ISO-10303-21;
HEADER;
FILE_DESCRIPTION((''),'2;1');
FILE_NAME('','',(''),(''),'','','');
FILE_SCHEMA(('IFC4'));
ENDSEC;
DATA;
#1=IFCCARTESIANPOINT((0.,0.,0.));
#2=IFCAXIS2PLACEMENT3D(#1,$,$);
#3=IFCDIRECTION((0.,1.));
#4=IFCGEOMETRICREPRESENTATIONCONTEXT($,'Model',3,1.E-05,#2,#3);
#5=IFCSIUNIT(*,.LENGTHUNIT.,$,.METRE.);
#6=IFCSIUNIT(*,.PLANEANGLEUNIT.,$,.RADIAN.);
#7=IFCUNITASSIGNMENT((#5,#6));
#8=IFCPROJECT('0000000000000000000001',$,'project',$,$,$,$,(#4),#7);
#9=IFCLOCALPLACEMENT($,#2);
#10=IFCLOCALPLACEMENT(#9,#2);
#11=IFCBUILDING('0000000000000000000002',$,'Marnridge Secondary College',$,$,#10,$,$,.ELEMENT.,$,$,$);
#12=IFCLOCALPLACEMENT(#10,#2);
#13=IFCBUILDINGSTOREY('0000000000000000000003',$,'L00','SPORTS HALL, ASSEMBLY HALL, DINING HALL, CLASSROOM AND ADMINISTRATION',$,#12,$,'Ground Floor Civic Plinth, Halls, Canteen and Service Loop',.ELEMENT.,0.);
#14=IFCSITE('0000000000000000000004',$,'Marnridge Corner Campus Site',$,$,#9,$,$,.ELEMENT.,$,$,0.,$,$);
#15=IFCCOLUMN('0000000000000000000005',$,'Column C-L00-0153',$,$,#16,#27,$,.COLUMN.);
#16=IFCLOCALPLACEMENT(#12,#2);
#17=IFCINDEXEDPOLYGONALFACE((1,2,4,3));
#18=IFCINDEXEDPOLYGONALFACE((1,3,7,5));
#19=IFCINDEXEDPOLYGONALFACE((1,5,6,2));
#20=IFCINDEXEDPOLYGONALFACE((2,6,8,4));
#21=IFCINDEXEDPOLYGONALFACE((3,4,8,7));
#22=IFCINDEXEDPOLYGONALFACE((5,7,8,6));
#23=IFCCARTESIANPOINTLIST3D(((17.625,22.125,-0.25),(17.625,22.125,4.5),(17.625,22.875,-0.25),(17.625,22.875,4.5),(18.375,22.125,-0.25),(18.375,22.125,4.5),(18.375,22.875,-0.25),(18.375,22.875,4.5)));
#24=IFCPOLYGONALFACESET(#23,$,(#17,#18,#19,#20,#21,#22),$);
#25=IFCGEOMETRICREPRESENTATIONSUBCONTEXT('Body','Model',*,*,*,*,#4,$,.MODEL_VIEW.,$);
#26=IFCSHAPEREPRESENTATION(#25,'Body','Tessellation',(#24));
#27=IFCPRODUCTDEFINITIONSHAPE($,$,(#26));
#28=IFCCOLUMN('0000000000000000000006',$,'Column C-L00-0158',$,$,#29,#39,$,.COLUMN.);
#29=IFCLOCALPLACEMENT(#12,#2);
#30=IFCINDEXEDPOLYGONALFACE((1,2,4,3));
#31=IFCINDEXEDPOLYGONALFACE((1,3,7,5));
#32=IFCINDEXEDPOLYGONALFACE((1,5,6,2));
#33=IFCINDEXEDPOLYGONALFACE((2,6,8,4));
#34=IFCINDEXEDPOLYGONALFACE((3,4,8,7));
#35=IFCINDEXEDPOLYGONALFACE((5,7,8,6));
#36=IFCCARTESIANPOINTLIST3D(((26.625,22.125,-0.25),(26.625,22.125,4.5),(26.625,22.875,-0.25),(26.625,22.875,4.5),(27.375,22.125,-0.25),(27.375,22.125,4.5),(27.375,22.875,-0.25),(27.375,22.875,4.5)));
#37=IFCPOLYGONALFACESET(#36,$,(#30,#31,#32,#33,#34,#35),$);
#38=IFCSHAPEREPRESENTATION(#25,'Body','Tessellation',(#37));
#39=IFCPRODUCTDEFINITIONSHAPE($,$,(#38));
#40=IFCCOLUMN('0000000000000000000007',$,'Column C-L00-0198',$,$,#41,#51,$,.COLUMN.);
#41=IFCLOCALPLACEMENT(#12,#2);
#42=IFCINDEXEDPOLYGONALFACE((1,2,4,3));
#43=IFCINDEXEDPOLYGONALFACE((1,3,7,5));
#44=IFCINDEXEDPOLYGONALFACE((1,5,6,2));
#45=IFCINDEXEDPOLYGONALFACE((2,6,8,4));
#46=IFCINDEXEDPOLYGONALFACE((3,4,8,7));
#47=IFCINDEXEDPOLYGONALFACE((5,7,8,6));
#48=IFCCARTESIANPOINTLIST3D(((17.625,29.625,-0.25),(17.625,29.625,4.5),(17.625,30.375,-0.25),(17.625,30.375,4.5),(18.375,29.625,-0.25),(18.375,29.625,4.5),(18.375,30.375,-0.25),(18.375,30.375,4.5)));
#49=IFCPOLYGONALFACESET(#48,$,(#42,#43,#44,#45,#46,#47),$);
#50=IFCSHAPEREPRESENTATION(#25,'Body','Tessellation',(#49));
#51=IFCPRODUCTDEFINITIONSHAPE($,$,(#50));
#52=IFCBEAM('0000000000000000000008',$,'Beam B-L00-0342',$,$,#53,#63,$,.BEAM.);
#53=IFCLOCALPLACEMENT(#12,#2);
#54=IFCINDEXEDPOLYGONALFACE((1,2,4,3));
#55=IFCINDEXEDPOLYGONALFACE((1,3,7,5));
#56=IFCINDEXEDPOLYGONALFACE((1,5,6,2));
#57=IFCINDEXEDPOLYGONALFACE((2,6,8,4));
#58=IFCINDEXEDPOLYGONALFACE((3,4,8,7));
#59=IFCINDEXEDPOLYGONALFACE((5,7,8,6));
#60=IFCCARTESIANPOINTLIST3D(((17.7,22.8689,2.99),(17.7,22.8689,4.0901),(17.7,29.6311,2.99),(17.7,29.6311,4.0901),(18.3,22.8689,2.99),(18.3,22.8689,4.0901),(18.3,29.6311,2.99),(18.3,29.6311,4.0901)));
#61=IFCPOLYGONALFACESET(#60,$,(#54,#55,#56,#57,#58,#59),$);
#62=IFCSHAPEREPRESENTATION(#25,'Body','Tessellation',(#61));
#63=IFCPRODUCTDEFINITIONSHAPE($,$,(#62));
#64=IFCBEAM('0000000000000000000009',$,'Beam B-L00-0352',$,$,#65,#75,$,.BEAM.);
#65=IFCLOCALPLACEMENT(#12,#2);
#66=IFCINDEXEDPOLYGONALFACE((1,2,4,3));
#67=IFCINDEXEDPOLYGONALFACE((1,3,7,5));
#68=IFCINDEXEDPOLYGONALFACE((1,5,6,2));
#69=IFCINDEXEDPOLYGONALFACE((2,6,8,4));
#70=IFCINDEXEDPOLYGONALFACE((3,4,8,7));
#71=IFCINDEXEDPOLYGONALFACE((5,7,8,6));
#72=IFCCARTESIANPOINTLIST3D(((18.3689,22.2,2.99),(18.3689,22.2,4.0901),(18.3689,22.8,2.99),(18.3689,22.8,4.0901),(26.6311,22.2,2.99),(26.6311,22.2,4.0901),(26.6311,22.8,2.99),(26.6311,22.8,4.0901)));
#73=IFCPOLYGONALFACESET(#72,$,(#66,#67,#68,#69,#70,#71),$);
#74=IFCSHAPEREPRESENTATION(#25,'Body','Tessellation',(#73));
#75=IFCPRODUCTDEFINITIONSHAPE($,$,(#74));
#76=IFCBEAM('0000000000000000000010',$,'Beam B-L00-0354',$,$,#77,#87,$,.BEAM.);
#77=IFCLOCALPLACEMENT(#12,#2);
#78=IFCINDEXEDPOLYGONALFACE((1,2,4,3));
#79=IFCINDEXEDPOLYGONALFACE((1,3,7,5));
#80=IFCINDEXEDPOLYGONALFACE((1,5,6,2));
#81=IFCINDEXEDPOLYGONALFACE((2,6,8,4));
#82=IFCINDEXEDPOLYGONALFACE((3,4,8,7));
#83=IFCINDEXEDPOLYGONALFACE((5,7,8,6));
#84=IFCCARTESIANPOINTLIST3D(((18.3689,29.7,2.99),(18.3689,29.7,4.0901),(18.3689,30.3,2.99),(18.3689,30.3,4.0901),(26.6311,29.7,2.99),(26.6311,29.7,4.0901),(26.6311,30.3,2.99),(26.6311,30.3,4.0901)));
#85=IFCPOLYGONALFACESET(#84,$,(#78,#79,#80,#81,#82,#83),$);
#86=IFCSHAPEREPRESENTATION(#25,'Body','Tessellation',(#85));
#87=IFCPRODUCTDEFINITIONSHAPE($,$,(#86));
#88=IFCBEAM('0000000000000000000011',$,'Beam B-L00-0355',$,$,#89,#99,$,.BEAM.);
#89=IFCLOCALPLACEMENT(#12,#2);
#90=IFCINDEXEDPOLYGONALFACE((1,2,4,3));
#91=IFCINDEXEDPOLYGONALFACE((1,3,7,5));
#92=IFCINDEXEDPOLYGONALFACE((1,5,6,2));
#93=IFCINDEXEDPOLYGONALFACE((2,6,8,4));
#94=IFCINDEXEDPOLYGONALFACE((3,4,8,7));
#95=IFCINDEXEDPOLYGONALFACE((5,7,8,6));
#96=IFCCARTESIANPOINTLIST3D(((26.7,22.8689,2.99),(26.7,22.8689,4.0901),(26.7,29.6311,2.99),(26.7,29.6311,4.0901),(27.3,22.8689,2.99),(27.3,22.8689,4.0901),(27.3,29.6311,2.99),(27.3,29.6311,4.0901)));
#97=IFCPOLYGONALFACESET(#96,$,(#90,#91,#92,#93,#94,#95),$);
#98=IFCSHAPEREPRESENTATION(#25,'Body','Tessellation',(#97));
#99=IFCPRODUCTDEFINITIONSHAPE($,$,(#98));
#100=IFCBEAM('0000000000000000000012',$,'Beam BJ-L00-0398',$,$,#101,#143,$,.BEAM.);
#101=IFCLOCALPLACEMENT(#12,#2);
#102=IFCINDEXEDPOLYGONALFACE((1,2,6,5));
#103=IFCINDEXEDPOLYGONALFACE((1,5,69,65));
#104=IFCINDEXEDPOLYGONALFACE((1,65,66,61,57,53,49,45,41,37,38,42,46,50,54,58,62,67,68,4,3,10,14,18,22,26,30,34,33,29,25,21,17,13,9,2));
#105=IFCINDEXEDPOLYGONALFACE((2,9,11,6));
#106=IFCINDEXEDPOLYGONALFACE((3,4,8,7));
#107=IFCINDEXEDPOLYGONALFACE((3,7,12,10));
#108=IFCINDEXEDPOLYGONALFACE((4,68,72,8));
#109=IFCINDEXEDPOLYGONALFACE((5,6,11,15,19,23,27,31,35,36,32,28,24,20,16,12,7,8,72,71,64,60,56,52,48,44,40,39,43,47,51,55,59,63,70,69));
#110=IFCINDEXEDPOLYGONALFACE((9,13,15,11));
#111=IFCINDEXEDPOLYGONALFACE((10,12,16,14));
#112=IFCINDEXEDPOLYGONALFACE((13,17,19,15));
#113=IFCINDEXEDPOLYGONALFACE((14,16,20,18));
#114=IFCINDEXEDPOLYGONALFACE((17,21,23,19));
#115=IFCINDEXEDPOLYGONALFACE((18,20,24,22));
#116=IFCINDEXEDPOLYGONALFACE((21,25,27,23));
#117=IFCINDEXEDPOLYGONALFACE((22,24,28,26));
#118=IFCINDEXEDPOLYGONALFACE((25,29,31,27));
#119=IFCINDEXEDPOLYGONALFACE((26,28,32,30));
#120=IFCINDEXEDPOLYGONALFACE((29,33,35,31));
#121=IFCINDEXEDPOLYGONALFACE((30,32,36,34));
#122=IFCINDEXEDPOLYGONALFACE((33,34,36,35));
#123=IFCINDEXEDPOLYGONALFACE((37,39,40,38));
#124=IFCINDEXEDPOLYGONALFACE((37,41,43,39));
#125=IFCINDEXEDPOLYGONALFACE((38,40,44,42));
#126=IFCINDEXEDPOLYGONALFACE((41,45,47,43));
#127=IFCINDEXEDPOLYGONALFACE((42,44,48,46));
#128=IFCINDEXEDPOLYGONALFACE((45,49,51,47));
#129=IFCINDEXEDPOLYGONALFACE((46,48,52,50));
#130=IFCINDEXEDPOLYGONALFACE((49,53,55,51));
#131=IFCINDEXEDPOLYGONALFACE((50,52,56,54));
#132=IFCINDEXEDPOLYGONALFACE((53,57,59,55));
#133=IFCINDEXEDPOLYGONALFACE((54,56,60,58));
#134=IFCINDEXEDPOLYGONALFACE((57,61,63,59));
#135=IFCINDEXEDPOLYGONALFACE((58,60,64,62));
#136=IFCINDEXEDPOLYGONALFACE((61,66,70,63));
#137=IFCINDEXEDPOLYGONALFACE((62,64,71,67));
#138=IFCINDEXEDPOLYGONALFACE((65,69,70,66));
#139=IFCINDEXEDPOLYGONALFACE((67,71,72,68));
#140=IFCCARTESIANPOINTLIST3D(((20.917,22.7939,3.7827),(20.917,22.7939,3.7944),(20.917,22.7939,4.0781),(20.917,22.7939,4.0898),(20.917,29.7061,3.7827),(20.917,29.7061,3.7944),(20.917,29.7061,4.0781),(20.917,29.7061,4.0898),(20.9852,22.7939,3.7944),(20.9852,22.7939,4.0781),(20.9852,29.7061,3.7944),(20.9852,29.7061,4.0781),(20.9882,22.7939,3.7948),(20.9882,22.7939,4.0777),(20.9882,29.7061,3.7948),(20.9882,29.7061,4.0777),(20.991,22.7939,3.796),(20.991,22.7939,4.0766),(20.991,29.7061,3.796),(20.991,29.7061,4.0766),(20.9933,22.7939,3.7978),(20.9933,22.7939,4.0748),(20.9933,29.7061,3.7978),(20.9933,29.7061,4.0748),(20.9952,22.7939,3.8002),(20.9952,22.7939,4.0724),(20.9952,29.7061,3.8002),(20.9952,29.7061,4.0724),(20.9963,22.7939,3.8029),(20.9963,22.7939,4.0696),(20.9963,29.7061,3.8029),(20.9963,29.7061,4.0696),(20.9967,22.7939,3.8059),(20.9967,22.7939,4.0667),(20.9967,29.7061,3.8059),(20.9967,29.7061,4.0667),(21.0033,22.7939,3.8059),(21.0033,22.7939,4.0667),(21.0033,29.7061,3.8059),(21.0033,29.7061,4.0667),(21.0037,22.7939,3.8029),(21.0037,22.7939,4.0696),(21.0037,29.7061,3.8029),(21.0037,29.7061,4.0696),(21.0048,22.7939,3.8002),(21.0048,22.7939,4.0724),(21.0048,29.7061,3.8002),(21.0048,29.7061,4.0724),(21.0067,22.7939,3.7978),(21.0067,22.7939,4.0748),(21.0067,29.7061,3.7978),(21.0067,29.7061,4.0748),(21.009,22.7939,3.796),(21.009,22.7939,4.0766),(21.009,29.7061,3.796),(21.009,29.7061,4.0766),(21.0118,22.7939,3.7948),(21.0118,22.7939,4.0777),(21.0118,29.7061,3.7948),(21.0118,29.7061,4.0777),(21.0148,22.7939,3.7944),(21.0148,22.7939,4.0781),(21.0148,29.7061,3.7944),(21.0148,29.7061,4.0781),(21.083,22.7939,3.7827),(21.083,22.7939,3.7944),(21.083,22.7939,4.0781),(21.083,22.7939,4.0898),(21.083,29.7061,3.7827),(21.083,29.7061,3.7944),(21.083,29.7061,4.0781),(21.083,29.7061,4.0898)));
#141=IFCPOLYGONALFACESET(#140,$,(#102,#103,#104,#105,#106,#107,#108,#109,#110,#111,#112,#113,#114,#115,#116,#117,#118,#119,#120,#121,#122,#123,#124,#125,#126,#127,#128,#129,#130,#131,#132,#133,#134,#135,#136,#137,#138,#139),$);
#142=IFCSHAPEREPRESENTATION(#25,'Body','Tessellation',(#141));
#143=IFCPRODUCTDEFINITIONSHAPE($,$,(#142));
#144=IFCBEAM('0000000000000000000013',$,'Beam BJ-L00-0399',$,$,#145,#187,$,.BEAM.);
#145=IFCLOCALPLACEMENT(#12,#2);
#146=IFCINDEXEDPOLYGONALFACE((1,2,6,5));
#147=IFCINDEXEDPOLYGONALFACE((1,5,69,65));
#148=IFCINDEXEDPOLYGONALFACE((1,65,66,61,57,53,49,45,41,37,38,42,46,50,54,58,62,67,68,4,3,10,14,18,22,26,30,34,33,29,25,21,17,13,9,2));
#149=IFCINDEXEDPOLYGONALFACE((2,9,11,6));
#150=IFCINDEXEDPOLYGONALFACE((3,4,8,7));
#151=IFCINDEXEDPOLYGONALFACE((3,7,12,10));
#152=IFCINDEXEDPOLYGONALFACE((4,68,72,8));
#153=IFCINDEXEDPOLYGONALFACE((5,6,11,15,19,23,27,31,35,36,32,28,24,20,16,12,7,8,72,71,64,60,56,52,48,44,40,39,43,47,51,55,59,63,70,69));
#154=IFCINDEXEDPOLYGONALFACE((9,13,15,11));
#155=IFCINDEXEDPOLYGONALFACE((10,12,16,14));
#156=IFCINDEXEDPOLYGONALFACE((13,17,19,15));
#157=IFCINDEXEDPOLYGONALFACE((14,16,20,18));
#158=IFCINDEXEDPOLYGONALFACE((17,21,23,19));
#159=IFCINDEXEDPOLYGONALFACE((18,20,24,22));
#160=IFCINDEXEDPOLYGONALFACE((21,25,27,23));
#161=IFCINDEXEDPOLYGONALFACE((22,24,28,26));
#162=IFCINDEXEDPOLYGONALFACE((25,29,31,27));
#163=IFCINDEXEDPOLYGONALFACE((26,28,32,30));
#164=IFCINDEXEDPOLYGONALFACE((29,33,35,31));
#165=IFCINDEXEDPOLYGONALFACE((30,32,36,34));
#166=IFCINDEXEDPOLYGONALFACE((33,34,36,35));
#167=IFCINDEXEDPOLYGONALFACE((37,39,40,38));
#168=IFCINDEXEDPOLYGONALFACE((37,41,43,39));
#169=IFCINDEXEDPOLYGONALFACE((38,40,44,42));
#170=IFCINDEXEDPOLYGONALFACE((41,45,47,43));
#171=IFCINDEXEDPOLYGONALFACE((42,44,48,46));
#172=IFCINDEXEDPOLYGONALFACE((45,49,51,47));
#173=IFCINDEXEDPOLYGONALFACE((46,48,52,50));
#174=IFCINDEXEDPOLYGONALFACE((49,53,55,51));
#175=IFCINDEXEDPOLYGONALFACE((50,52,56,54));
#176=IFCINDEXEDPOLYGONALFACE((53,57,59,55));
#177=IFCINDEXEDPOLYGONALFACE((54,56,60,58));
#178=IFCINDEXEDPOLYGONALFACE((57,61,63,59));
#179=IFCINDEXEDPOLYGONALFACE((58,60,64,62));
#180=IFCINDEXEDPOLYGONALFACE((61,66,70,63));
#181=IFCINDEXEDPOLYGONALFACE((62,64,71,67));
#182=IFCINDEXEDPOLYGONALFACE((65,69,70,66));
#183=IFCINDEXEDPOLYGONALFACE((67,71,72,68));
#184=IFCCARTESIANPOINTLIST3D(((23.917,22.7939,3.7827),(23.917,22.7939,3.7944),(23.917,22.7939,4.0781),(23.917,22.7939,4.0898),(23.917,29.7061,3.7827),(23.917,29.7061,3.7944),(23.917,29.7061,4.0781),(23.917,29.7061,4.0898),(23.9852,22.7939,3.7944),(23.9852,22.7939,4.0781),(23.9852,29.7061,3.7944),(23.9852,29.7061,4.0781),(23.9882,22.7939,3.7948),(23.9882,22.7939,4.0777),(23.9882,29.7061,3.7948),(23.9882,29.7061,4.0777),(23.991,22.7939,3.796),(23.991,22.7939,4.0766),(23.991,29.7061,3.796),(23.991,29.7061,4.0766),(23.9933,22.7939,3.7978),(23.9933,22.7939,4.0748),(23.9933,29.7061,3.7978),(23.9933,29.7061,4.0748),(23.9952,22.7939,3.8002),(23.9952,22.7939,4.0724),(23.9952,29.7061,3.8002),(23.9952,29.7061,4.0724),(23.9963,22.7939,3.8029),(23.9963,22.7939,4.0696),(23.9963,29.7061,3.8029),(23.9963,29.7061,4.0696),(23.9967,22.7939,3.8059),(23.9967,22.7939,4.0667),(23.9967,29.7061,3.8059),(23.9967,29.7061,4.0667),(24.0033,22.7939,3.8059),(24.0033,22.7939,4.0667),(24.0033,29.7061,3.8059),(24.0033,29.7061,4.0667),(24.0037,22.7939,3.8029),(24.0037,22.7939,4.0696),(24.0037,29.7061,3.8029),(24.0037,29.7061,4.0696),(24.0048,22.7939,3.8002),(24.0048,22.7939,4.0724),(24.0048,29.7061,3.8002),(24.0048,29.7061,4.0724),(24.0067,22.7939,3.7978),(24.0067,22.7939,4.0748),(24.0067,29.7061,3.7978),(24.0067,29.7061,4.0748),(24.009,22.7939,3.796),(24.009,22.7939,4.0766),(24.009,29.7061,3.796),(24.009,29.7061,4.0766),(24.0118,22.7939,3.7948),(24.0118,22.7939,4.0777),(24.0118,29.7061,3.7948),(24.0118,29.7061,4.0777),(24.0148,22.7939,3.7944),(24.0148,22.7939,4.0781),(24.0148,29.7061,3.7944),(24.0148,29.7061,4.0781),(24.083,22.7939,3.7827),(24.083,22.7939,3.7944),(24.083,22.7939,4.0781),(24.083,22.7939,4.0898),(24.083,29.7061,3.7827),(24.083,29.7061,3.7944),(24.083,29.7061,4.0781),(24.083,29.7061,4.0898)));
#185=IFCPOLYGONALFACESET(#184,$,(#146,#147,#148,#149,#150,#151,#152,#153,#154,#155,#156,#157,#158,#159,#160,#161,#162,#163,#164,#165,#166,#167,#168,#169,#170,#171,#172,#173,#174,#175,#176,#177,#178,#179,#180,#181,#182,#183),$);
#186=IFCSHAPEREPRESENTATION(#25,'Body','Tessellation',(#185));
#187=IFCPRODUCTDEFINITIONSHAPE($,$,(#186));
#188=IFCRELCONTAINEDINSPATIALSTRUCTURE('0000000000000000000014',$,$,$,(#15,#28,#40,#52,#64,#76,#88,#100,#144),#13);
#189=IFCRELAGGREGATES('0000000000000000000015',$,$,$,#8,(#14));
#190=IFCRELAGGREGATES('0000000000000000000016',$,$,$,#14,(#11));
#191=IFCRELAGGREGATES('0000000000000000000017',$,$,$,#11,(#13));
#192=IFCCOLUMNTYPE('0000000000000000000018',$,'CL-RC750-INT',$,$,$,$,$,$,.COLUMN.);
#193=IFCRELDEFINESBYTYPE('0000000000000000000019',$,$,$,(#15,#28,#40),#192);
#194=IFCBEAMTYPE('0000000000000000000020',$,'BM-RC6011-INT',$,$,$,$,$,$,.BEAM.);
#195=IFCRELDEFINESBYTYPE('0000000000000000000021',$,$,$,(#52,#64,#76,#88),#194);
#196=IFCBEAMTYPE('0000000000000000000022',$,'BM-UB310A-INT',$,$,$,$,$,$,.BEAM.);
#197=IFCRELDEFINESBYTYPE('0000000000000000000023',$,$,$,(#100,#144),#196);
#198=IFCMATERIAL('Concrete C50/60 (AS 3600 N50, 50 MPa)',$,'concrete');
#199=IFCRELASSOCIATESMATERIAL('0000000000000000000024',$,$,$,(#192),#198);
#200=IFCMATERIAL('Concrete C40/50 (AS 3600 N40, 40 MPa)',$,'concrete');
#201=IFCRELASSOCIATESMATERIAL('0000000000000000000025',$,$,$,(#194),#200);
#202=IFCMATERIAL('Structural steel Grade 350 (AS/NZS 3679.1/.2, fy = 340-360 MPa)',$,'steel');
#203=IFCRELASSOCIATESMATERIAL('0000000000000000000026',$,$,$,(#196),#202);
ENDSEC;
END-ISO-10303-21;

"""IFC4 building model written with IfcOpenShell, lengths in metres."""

from ifc_helpers import new_model, si_unit, direction, frame, origin, origin_2d, place, context, subcontext, project, spatial, rectangle, i_section, extrude, material, material_profile, profile_set, type_object, element, save


model = new_model("IFC4")

# Units and contexts
model_context = context("Model", 3, precision=1e-05, world=origin(), true_north=direction((0.0, 1.0)))
body_context = subcontext(model_context, "Body", "Model", "MODEL_VIEW")
ifc_project = project(units=[si_unit("LENGTHUNIT", "METRE"), si_unit("PLANEANGLEUNIT", "RADIAN")], contexts=[model_context])

# Site, building, storey
site_placement = place(None, origin())
site = spatial("IfcSite", under=ifc_project, at=site_placement, Name="Marnridge Corner Campus Site", CompositionType="ELEMENT", RefElevation=0.0)
building_placement = place(site_placement, origin())
building = spatial("IfcBuilding", under=site, at=building_placement, Name="Marnridge Secondary College", CompositionType="ELEMENT")
storey_placement = place(building_placement, origin())
storey = spatial("IfcBuildingStorey", under=building, at=storey_placement, Name="L00", Description="SPORTS HALL, ASSEMBLY HALL, DINING HALL, CLASSROOM AND ADMINISTRATION", LongName="Ground Floor Civic Plinth, Halls, Canteen and Service Loop", CompositionType="ELEMENT", Elevation=0.0)

# Columns
ifc_material_1 = material(Name="Concrete C50/60 (AS 3600 N50, 50 MPa)", Category="concrete")
ifc_material_profile_1 = material_profile(ifc_material_1, rectangle(XDim=0.75, YDim=0.75, at=origin_2d()), Name="RC 750x750")
ifc_profile_set_1 = profile_set([ifc_material_profile_1], Name="Concrete C50/60 (AS 3600 N50, 50 MPa)")
column_type = type_object("IfcColumnType", Name="CL-RC750-INT", PredefinedType="COLUMN", material=ifc_profile_set_1)
for number, where, z_axis, x_axis, name in (
    (1, (18.0, 22.5, -0.25), (0.0, 0.0, 1.0), (1.0, 0.0, 0.0), "Column C-L00-0153"),
    (2, (27.0, 22.5, -0.25), (0.0, 0.0, 1.0), (1.0, 0.0, 0.0), "Column C-L00-0158"),
    (3, (18.0, 30.0, -0.25), (0.0, 0.0, 1.0), (1.0, 0.0, 0.0), "Column C-L00-0198"),
):
    element("IfcColumn", number, at=place(storey_placement, frame(where, z_axis=z_axis, x_axis=x_axis)), inside=storey, type_object=column_type, Name=name, PredefinedType="COLUMN", context=body_context, shape_type="SweptSolid", body=[
        extrude(rectangle(XDim=0.75, YDim=0.75, at=origin_2d()), origin(), (0.0, 0.0, 1.0), 4.75),
    ])

# Beams
ifc_material_2 = material(Name="Concrete C40/50 (AS 3600 N40, 40 MPa)", Category="concrete")
ifc_material_profile_2 = material_profile(ifc_material_2, rectangle(XDim=0.6001, YDim=1.1001, at=origin_2d()), Name="RC 600x1100")
ifc_profile_set_2 = profile_set([ifc_material_profile_2], Name="Concrete C40/50 (AS 3600 N40, 40 MPa)")
beam_type_1 = type_object("IfcBeamType", Name="BM-RC6011-INT", PredefinedType="BEAM", material=ifc_profile_set_2)
beam_1_placement = place(storey_placement, frame((18.0, 22.8689, 3.54), z_axis=(0.0, 1.0, 0.0), x_axis=(-1.0, 0.0, 0.0)))
element("IfcBeam", 4, at=beam_1_placement, inside=storey, type_object=beam_type_1, Name="Beam B-L00-0342", PredefinedType="BEAM", context=body_context, shape_type="SweptSolid", body=[
    extrude(rectangle(XDim=0.6001, YDim=1.1001, at=origin_2d()), origin(), (0.0, 0.0, 1.0), 6.7622),
])
for number, where, z_axis, x_axis, name in (
    (5, (18.3689, 22.5, 3.54), (1.0, 0.0, 0.0), (0.0, 1.0, 0.0), "Beam B-L00-0352"),
    (6, (18.3689, 30.0, 3.54), (1.0, 0.0, 0.0), (0.0, 1.0, 0.0), "Beam B-L00-0354"),
):
    element("IfcBeam", number, at=place(storey_placement, frame(where, z_axis=z_axis, x_axis=x_axis)), inside=storey, type_object=beam_type_1, Name=name, PredefinedType="BEAM", context=body_context, shape_type="SweptSolid", body=[
        extrude(rectangle(XDim=0.6001, YDim=1.1001, at=origin_2d()), origin(), (0.0, 0.0, 1.0), 8.2622),
    ])
beam_2_placement = place(storey_placement, frame((27.0, 22.8689, 3.54), z_axis=(0.0, 1.0, 0.0), x_axis=(-1.0, 0.0, 0.0)))
element("IfcBeam", 7, at=beam_2_placement, inside=storey, type_object=beam_type_1, Name="Beam B-L00-0355", PredefinedType="BEAM", context=body_context, shape_type="SweptSolid", body=[
    extrude(rectangle(XDim=0.6001, YDim=1.1001, at=origin_2d()), origin(), (0.0, 0.0, 1.0), 6.7622),
])
ifc_material_3 = material(Name="Structural steel Grade 350 (AS/NZS 3679.1/.2, fy = 340-360 MPa)", Category="steel")
ifc_material_profile_3 = material_profile(ifc_material_3, i_section(OverallWidth=0.166, OverallDepth=0.3071, WebThickness=0.0066, FlangeThickness=0.0117, FilletRadius=0.0115, at=origin_2d()), Name="310UB46.2")
ifc_profile_set_3 = profile_set([ifc_material_profile_3], Name="Structural steel Grade 350 (AS/NZS 3679.1/.2, fy = 340-360 MPa)")
beam_type_2 = type_object("IfcBeamType", Name="BM-UB310A-INT", PredefinedType="BEAM", material=ifc_profile_set_3)
for number, where, z_axis, x_axis, name in (
    (8, (21.0, 22.7939, 3.9363), (0.0, 1.0, 0.0), (-1.0, 0.0, 0.0), "Beam BJ-L00-0398"),
    (9, (24.0, 22.7939, 3.9363), (0.0, 1.0, 0.0), (-1.0, 0.0, 0.0), "Beam BJ-L00-0399"),
):
    element("IfcBeam", number, at=place(storey_placement, frame(where, z_axis=z_axis, x_axis=x_axis)), inside=storey, type_object=beam_type_2, Name=name, PredefinedType="BEAM", context=body_context, shape_type="SweptSolid", body=[
        extrude(i_section(OverallWidth=0.166, OverallDepth=0.3071, WebThickness=0.0066, FlangeThickness=0.0117, FilletRadius=0.0115, at=origin_2d()), origin(), (0.0, 0.0, 1.0), 6.9121),
    ])

save(model, "model.ifc")
